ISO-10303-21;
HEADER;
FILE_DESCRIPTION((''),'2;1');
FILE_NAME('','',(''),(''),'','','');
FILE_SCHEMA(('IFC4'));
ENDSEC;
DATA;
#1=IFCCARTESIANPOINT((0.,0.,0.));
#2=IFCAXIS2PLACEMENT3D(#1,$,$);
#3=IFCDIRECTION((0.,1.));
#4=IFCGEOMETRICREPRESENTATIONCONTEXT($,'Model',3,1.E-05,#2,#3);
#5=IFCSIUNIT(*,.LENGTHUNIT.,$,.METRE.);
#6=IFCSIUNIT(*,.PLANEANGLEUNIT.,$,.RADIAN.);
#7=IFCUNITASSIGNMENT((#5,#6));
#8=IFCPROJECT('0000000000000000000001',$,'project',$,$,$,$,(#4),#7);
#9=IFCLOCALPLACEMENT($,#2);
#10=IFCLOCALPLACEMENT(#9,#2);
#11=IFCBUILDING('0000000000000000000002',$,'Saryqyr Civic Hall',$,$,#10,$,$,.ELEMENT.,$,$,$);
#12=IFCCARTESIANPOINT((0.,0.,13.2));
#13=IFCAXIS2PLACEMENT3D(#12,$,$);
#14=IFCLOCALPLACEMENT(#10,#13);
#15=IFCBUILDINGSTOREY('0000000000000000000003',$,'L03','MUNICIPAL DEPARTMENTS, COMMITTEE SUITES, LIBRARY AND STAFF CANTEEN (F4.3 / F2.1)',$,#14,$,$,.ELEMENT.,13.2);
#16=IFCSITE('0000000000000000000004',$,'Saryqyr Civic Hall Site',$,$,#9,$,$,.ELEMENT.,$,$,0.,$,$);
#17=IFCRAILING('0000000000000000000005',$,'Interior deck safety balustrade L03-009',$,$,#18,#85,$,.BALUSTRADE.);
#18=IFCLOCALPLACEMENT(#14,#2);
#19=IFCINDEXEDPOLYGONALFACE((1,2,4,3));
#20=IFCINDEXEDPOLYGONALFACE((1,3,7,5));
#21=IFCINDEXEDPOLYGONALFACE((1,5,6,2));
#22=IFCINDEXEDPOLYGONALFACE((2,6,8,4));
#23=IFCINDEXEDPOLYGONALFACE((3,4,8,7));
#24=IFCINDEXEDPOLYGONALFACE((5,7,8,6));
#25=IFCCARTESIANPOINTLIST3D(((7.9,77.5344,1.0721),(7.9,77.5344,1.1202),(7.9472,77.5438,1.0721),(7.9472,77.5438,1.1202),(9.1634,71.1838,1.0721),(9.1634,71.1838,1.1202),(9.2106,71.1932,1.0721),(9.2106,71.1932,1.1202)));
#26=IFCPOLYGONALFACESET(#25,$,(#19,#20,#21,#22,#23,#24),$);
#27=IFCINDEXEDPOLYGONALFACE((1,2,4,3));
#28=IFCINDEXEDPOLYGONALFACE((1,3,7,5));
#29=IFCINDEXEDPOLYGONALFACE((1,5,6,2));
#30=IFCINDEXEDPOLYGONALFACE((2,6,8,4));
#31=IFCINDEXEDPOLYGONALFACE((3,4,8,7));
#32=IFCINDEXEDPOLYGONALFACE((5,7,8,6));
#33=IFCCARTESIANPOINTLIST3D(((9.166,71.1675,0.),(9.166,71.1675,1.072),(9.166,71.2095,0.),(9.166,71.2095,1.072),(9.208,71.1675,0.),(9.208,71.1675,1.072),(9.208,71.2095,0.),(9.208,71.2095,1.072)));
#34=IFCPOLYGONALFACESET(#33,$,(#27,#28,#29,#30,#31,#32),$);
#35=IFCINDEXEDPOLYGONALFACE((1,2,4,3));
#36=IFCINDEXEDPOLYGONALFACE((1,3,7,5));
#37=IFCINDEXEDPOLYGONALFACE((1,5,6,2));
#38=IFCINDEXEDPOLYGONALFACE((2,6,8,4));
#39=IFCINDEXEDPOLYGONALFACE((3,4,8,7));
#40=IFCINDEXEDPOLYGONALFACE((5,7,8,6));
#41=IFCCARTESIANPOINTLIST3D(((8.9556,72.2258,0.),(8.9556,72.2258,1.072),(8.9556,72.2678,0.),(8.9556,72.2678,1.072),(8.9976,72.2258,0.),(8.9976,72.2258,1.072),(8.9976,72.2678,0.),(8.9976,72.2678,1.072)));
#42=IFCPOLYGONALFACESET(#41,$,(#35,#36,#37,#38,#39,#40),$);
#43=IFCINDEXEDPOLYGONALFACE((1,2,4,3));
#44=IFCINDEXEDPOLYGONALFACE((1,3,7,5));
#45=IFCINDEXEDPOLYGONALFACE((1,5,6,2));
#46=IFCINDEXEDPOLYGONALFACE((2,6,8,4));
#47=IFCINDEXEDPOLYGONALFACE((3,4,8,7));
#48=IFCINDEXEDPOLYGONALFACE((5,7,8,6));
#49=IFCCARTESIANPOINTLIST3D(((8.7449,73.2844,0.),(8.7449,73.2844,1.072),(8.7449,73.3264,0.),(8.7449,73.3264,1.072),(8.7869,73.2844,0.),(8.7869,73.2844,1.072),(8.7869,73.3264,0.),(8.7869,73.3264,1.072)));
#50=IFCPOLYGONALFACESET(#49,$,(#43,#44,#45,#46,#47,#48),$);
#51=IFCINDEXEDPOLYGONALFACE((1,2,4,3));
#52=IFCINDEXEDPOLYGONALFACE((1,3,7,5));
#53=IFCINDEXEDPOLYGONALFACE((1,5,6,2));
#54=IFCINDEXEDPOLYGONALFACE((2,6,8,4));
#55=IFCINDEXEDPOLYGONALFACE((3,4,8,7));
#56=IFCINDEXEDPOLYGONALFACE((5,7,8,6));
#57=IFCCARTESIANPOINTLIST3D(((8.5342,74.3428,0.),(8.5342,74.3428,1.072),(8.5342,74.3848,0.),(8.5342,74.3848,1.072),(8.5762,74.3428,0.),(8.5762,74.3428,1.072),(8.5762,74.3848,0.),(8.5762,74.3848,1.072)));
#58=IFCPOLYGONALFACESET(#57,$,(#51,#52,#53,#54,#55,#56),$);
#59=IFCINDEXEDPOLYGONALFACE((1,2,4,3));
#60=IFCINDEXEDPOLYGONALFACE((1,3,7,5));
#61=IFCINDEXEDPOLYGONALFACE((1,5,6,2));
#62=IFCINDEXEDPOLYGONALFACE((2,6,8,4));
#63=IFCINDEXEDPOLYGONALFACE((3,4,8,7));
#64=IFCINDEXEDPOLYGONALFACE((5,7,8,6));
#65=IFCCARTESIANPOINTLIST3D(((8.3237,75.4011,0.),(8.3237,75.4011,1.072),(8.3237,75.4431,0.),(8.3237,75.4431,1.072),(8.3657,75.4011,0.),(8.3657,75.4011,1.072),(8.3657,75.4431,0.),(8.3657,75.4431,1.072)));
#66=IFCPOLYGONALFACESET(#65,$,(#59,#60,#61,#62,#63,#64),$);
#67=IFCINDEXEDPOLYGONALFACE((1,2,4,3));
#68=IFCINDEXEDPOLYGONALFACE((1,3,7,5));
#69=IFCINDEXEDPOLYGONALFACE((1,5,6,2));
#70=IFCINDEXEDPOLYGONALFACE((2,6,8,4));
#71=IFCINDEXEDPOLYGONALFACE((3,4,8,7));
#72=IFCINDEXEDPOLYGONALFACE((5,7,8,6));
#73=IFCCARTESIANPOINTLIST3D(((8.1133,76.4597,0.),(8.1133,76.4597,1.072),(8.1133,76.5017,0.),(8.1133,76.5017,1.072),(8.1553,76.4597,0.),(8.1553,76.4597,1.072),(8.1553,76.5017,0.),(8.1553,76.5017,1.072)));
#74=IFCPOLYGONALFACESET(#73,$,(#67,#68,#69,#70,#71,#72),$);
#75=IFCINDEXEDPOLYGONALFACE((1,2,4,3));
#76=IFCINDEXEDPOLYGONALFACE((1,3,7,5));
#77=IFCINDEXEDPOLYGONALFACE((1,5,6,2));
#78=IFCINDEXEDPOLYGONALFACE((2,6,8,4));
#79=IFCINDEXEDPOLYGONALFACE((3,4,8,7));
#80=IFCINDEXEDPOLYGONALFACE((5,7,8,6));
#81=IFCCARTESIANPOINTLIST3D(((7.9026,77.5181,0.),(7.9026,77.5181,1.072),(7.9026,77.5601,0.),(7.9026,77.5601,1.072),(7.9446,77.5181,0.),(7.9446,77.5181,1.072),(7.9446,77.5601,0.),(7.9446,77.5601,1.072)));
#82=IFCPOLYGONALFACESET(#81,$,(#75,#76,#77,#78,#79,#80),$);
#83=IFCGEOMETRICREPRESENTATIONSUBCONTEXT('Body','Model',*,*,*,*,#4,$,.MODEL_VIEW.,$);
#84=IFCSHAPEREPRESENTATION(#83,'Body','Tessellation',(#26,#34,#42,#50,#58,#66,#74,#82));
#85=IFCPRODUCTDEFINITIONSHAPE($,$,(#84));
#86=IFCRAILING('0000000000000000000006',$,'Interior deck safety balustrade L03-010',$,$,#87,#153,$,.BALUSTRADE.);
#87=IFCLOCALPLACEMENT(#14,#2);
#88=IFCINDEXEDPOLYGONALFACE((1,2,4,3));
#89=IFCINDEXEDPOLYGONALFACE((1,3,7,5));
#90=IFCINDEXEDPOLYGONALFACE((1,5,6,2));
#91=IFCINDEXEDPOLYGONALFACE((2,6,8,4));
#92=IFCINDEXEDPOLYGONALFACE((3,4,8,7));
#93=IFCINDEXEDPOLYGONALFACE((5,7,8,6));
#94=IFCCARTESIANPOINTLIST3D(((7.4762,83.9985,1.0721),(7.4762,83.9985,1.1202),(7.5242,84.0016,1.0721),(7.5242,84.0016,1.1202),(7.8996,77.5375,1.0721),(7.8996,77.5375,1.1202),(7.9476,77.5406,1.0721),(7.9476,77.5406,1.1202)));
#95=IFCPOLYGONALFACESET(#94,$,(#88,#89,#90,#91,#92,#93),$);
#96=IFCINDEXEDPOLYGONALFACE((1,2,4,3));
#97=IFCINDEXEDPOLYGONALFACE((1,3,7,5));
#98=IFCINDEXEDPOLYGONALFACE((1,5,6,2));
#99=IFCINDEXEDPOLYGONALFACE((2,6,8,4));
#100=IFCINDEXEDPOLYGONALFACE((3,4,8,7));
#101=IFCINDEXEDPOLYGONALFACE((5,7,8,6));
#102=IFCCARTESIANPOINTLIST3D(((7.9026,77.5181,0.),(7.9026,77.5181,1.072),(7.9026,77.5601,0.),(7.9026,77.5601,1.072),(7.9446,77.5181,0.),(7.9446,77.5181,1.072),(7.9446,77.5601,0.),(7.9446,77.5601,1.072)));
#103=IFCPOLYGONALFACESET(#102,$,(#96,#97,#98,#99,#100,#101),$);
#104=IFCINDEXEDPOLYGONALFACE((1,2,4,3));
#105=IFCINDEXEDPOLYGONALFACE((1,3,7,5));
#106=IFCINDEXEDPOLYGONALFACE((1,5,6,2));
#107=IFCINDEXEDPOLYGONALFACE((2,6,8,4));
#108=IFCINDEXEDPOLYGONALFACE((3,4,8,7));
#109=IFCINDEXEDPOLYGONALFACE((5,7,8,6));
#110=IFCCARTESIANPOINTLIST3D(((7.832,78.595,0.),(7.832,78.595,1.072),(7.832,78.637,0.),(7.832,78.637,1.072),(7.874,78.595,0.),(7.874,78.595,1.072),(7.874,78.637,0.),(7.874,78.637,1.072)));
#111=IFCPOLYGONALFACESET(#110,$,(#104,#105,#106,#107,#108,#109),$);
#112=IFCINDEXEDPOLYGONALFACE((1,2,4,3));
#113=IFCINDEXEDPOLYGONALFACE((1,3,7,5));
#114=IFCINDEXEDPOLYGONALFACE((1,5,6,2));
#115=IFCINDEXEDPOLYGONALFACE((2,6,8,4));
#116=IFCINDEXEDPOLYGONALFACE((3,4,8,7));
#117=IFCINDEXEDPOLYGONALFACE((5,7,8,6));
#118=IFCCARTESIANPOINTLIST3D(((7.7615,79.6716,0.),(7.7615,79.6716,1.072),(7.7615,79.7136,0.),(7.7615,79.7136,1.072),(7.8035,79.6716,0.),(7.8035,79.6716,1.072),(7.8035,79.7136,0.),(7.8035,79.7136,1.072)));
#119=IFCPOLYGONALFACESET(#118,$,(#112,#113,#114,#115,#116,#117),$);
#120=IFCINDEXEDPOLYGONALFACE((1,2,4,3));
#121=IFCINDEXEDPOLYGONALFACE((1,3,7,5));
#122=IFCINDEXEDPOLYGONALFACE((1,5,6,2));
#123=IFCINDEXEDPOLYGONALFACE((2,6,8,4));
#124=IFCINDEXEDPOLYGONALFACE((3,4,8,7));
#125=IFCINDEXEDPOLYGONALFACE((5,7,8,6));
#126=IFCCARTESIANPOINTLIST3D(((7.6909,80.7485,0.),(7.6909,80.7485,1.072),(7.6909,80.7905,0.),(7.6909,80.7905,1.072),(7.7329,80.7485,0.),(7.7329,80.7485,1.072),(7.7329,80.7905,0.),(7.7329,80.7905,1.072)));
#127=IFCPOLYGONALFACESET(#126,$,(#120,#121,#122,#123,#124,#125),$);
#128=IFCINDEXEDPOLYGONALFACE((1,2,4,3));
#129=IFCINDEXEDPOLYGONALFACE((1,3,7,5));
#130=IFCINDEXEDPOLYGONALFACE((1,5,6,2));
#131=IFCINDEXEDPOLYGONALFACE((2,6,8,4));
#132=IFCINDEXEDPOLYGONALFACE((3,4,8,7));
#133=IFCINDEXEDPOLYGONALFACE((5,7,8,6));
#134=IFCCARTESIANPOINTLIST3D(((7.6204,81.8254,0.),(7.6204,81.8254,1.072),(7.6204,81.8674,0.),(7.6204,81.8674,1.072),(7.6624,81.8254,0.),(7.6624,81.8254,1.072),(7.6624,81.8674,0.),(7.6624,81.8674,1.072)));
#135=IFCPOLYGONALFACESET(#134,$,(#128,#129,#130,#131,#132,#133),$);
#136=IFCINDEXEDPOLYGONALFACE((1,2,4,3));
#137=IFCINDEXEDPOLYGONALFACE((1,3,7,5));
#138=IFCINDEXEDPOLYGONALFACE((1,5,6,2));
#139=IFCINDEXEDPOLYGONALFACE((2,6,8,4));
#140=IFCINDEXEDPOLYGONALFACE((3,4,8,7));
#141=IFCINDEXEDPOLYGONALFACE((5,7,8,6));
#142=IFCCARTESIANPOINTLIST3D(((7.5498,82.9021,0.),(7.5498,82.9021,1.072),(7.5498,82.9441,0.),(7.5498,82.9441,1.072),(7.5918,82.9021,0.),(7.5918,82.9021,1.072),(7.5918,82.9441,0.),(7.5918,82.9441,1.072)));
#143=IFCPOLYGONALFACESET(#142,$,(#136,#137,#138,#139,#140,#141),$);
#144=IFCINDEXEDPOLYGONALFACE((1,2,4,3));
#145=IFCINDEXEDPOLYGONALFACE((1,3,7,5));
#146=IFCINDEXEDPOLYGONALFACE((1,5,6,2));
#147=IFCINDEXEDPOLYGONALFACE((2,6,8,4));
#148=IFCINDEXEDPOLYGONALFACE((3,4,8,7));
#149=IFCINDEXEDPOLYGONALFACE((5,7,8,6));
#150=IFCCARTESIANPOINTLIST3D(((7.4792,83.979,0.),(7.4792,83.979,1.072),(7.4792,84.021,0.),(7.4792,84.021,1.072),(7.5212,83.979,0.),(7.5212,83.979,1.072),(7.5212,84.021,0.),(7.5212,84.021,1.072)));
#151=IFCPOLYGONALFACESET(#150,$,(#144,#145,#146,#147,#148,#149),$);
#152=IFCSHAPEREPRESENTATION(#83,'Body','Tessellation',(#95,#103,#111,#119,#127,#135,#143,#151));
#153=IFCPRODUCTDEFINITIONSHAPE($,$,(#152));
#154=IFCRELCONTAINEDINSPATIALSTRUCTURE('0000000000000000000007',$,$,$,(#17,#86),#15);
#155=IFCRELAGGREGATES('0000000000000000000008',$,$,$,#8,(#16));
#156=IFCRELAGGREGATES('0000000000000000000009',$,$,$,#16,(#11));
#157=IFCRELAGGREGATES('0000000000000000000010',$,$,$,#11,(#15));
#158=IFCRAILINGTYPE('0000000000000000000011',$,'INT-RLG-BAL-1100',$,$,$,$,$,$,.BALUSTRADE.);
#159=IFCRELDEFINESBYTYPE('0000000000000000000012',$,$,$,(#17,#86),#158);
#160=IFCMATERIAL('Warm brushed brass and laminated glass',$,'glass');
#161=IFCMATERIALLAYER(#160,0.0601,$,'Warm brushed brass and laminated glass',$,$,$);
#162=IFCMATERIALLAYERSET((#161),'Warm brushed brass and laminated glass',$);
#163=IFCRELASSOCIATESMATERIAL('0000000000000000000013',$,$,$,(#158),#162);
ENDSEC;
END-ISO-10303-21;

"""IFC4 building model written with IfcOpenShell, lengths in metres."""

from ifc_helpers import new_model, si_unit, direction, frame, origin, origin_2d, place, context, subcontext, project, spatial, rectangle, extrude, material, layer, layer_set, type_object, element, save


model = new_model("IFC4")

# Units and contexts
model_context = context("Model", 3, precision=1e-05, world=origin(), true_north=direction((0.0, 1.0)))
body_context = subcontext(model_context, "Body", "Model", "MODEL_VIEW")
ifc_project = project(units=[si_unit("LENGTHUNIT", "METRE"), si_unit("PLANEANGLEUNIT", "RADIAN")], contexts=[model_context])

# Site, building, storey
site_placement = place(None, origin())
site = spatial("IfcSite", under=ifc_project, at=site_placement, Name="Saryqyr Civic Hall Site", CompositionType="ELEMENT", RefElevation=0.0)
building_placement = place(site_placement, origin())
building = spatial("IfcBuilding", under=site, at=building_placement, Name="Saryqyr Civic Hall", CompositionType="ELEMENT")
storey_placement = place(building_placement, frame((0.0, 0.0, 13.2)))
storey = spatial("IfcBuildingStorey", under=building, at=storey_placement, Name="L03", Description="MUNICIPAL DEPARTMENTS, COMMITTEE SUITES, LIBRARY AND STAFF CANTEEN (F4.3 / F2.1)", CompositionType="ELEMENT", Elevation=13.2)

# Railings
ifc_material_1 = material(Name="Warm brushed brass and laminated glass", Category="glass")
ifc_layer_1 = layer(ifc_material_1, 0.0601, Name="Warm brushed brass and laminated glass")
ifc_layer_set_1 = layer_set([ifc_layer_1], Name="Warm brushed brass and laminated glass")
railing_type = type_object("IfcRailingType", Name="INT-RLG-BAL-1100", PredefinedType="BALUSTRADE", material=ifc_layer_set_1)
railing_1_placement = place(storey_placement, frame((9.187, 71.1885, 0.0)))
element("IfcRailing", 1, at=railing_1_placement, inside=storey, type_object=railing_type, Name="Interior deck safety balustrade L03-009", PredefinedType="BALUSTRADE", context=body_context, shape_type="SweptSolid", body=[
    extrude(rectangle(XDim=0.0481, YDim=0.0481, at=origin_2d()), frame((0.0, 0.0, 1.0962), z_axis=(-0.195123, 0.980779, 0.0), x_axis=(-0.980779, -0.195123, 0.0)), (0.0, 0.0, 1.0), 6.4751),
    extrude(rectangle(XDim=0.042, YDim=0.042, at=origin_2d()), origin(), (0.0, 0.0, 1.0), 1.072),
    extrude(rectangle(XDim=0.042, YDim=0.042, at=origin_2d()), frame((-0.2104, 1.0583, 0.0)), (0.0, 0.0, 1.0), 1.072),
    extrude(rectangle(XDim=0.042, YDim=0.042, at=origin_2d()), frame((-0.4211, 2.1169, 0.0)), (0.0, 0.0, 1.0), 1.072),
    extrude(rectangle(XDim=0.042, YDim=0.042, at=origin_2d()), frame((-0.6318, 3.1753, 0.0)), (0.0, 0.0, 1.0), 1.072),
    extrude(rectangle(XDim=0.042, YDim=0.042, at=origin_2d()), frame((-0.8423, 4.2336, 0.0)), (0.0, 0.0, 1.0), 1.072),
    extrude(rectangle(XDim=0.042, YDim=0.042, at=origin_2d()), frame((-1.0527, 5.2922, 0.0)), (0.0, 0.0, 1.0), 1.072),
    extrude(rectangle(XDim=0.042, YDim=0.042, at=origin_2d()), frame((-1.2634, 6.3506, 0.0)), (0.0, 0.0, 1.0), 1.072),
])
railing_2_placement = place(storey_placement, frame((7.9236, 77.5391, 0.0)))
element("IfcRailing", 2, at=railing_2_placement, inside=storey, type_object=railing_type, Name="Interior deck safety balustrade L03-010", PredefinedType="BALUSTRADE", context=body_context, shape_type="SweptSolid", body=[
    extrude(rectangle(XDim=0.0481, YDim=0.0481, at=origin_2d()), frame((0.0, 0.0, 1.0962), z_axis=(-0.065383, 0.99786, 0.0), x_axis=(-0.99786, -0.065383, 0.0)), (0.0, 0.0, 1.0), 6.4749),
    extrude(rectangle(XDim=0.042, YDim=0.042, at=origin_2d()), origin(), (0.0, 0.0, 1.0), 1.072),
    extrude(rectangle(XDim=0.042, YDim=0.042, at=origin_2d()), frame((-0.0706, 1.0769, 0.0)), (0.0, 0.0, 1.0), 1.072),
    extrude(rectangle(XDim=0.042, YDim=0.042, at=origin_2d()), frame((-0.1411, 2.1536, 0.0)), (0.0, 0.0, 1.0), 1.072),
    extrude(rectangle(XDim=0.042, YDim=0.042, at=origin_2d()), frame((-0.2117, 3.2305, 0.0)), (0.0, 0.0, 1.0), 1.072),
    extrude(rectangle(XDim=0.042, YDim=0.042, at=origin_2d()), frame((-0.2822, 4.3074, 0.0)), (0.0, 0.0, 1.0), 1.072),
    extrude(rectangle(XDim=0.042, YDim=0.042, at=origin_2d()), frame((-0.3528, 5.384, 0.0)), (0.0, 0.0, 1.0), 1.072),
    extrude(rectangle(XDim=0.042, YDim=0.042, at=origin_2d()), frame((-0.4233, 6.4609, 0.0)), (0.0, 0.0, 1.0), 1.072),
])

save(model, "model.ifc")
